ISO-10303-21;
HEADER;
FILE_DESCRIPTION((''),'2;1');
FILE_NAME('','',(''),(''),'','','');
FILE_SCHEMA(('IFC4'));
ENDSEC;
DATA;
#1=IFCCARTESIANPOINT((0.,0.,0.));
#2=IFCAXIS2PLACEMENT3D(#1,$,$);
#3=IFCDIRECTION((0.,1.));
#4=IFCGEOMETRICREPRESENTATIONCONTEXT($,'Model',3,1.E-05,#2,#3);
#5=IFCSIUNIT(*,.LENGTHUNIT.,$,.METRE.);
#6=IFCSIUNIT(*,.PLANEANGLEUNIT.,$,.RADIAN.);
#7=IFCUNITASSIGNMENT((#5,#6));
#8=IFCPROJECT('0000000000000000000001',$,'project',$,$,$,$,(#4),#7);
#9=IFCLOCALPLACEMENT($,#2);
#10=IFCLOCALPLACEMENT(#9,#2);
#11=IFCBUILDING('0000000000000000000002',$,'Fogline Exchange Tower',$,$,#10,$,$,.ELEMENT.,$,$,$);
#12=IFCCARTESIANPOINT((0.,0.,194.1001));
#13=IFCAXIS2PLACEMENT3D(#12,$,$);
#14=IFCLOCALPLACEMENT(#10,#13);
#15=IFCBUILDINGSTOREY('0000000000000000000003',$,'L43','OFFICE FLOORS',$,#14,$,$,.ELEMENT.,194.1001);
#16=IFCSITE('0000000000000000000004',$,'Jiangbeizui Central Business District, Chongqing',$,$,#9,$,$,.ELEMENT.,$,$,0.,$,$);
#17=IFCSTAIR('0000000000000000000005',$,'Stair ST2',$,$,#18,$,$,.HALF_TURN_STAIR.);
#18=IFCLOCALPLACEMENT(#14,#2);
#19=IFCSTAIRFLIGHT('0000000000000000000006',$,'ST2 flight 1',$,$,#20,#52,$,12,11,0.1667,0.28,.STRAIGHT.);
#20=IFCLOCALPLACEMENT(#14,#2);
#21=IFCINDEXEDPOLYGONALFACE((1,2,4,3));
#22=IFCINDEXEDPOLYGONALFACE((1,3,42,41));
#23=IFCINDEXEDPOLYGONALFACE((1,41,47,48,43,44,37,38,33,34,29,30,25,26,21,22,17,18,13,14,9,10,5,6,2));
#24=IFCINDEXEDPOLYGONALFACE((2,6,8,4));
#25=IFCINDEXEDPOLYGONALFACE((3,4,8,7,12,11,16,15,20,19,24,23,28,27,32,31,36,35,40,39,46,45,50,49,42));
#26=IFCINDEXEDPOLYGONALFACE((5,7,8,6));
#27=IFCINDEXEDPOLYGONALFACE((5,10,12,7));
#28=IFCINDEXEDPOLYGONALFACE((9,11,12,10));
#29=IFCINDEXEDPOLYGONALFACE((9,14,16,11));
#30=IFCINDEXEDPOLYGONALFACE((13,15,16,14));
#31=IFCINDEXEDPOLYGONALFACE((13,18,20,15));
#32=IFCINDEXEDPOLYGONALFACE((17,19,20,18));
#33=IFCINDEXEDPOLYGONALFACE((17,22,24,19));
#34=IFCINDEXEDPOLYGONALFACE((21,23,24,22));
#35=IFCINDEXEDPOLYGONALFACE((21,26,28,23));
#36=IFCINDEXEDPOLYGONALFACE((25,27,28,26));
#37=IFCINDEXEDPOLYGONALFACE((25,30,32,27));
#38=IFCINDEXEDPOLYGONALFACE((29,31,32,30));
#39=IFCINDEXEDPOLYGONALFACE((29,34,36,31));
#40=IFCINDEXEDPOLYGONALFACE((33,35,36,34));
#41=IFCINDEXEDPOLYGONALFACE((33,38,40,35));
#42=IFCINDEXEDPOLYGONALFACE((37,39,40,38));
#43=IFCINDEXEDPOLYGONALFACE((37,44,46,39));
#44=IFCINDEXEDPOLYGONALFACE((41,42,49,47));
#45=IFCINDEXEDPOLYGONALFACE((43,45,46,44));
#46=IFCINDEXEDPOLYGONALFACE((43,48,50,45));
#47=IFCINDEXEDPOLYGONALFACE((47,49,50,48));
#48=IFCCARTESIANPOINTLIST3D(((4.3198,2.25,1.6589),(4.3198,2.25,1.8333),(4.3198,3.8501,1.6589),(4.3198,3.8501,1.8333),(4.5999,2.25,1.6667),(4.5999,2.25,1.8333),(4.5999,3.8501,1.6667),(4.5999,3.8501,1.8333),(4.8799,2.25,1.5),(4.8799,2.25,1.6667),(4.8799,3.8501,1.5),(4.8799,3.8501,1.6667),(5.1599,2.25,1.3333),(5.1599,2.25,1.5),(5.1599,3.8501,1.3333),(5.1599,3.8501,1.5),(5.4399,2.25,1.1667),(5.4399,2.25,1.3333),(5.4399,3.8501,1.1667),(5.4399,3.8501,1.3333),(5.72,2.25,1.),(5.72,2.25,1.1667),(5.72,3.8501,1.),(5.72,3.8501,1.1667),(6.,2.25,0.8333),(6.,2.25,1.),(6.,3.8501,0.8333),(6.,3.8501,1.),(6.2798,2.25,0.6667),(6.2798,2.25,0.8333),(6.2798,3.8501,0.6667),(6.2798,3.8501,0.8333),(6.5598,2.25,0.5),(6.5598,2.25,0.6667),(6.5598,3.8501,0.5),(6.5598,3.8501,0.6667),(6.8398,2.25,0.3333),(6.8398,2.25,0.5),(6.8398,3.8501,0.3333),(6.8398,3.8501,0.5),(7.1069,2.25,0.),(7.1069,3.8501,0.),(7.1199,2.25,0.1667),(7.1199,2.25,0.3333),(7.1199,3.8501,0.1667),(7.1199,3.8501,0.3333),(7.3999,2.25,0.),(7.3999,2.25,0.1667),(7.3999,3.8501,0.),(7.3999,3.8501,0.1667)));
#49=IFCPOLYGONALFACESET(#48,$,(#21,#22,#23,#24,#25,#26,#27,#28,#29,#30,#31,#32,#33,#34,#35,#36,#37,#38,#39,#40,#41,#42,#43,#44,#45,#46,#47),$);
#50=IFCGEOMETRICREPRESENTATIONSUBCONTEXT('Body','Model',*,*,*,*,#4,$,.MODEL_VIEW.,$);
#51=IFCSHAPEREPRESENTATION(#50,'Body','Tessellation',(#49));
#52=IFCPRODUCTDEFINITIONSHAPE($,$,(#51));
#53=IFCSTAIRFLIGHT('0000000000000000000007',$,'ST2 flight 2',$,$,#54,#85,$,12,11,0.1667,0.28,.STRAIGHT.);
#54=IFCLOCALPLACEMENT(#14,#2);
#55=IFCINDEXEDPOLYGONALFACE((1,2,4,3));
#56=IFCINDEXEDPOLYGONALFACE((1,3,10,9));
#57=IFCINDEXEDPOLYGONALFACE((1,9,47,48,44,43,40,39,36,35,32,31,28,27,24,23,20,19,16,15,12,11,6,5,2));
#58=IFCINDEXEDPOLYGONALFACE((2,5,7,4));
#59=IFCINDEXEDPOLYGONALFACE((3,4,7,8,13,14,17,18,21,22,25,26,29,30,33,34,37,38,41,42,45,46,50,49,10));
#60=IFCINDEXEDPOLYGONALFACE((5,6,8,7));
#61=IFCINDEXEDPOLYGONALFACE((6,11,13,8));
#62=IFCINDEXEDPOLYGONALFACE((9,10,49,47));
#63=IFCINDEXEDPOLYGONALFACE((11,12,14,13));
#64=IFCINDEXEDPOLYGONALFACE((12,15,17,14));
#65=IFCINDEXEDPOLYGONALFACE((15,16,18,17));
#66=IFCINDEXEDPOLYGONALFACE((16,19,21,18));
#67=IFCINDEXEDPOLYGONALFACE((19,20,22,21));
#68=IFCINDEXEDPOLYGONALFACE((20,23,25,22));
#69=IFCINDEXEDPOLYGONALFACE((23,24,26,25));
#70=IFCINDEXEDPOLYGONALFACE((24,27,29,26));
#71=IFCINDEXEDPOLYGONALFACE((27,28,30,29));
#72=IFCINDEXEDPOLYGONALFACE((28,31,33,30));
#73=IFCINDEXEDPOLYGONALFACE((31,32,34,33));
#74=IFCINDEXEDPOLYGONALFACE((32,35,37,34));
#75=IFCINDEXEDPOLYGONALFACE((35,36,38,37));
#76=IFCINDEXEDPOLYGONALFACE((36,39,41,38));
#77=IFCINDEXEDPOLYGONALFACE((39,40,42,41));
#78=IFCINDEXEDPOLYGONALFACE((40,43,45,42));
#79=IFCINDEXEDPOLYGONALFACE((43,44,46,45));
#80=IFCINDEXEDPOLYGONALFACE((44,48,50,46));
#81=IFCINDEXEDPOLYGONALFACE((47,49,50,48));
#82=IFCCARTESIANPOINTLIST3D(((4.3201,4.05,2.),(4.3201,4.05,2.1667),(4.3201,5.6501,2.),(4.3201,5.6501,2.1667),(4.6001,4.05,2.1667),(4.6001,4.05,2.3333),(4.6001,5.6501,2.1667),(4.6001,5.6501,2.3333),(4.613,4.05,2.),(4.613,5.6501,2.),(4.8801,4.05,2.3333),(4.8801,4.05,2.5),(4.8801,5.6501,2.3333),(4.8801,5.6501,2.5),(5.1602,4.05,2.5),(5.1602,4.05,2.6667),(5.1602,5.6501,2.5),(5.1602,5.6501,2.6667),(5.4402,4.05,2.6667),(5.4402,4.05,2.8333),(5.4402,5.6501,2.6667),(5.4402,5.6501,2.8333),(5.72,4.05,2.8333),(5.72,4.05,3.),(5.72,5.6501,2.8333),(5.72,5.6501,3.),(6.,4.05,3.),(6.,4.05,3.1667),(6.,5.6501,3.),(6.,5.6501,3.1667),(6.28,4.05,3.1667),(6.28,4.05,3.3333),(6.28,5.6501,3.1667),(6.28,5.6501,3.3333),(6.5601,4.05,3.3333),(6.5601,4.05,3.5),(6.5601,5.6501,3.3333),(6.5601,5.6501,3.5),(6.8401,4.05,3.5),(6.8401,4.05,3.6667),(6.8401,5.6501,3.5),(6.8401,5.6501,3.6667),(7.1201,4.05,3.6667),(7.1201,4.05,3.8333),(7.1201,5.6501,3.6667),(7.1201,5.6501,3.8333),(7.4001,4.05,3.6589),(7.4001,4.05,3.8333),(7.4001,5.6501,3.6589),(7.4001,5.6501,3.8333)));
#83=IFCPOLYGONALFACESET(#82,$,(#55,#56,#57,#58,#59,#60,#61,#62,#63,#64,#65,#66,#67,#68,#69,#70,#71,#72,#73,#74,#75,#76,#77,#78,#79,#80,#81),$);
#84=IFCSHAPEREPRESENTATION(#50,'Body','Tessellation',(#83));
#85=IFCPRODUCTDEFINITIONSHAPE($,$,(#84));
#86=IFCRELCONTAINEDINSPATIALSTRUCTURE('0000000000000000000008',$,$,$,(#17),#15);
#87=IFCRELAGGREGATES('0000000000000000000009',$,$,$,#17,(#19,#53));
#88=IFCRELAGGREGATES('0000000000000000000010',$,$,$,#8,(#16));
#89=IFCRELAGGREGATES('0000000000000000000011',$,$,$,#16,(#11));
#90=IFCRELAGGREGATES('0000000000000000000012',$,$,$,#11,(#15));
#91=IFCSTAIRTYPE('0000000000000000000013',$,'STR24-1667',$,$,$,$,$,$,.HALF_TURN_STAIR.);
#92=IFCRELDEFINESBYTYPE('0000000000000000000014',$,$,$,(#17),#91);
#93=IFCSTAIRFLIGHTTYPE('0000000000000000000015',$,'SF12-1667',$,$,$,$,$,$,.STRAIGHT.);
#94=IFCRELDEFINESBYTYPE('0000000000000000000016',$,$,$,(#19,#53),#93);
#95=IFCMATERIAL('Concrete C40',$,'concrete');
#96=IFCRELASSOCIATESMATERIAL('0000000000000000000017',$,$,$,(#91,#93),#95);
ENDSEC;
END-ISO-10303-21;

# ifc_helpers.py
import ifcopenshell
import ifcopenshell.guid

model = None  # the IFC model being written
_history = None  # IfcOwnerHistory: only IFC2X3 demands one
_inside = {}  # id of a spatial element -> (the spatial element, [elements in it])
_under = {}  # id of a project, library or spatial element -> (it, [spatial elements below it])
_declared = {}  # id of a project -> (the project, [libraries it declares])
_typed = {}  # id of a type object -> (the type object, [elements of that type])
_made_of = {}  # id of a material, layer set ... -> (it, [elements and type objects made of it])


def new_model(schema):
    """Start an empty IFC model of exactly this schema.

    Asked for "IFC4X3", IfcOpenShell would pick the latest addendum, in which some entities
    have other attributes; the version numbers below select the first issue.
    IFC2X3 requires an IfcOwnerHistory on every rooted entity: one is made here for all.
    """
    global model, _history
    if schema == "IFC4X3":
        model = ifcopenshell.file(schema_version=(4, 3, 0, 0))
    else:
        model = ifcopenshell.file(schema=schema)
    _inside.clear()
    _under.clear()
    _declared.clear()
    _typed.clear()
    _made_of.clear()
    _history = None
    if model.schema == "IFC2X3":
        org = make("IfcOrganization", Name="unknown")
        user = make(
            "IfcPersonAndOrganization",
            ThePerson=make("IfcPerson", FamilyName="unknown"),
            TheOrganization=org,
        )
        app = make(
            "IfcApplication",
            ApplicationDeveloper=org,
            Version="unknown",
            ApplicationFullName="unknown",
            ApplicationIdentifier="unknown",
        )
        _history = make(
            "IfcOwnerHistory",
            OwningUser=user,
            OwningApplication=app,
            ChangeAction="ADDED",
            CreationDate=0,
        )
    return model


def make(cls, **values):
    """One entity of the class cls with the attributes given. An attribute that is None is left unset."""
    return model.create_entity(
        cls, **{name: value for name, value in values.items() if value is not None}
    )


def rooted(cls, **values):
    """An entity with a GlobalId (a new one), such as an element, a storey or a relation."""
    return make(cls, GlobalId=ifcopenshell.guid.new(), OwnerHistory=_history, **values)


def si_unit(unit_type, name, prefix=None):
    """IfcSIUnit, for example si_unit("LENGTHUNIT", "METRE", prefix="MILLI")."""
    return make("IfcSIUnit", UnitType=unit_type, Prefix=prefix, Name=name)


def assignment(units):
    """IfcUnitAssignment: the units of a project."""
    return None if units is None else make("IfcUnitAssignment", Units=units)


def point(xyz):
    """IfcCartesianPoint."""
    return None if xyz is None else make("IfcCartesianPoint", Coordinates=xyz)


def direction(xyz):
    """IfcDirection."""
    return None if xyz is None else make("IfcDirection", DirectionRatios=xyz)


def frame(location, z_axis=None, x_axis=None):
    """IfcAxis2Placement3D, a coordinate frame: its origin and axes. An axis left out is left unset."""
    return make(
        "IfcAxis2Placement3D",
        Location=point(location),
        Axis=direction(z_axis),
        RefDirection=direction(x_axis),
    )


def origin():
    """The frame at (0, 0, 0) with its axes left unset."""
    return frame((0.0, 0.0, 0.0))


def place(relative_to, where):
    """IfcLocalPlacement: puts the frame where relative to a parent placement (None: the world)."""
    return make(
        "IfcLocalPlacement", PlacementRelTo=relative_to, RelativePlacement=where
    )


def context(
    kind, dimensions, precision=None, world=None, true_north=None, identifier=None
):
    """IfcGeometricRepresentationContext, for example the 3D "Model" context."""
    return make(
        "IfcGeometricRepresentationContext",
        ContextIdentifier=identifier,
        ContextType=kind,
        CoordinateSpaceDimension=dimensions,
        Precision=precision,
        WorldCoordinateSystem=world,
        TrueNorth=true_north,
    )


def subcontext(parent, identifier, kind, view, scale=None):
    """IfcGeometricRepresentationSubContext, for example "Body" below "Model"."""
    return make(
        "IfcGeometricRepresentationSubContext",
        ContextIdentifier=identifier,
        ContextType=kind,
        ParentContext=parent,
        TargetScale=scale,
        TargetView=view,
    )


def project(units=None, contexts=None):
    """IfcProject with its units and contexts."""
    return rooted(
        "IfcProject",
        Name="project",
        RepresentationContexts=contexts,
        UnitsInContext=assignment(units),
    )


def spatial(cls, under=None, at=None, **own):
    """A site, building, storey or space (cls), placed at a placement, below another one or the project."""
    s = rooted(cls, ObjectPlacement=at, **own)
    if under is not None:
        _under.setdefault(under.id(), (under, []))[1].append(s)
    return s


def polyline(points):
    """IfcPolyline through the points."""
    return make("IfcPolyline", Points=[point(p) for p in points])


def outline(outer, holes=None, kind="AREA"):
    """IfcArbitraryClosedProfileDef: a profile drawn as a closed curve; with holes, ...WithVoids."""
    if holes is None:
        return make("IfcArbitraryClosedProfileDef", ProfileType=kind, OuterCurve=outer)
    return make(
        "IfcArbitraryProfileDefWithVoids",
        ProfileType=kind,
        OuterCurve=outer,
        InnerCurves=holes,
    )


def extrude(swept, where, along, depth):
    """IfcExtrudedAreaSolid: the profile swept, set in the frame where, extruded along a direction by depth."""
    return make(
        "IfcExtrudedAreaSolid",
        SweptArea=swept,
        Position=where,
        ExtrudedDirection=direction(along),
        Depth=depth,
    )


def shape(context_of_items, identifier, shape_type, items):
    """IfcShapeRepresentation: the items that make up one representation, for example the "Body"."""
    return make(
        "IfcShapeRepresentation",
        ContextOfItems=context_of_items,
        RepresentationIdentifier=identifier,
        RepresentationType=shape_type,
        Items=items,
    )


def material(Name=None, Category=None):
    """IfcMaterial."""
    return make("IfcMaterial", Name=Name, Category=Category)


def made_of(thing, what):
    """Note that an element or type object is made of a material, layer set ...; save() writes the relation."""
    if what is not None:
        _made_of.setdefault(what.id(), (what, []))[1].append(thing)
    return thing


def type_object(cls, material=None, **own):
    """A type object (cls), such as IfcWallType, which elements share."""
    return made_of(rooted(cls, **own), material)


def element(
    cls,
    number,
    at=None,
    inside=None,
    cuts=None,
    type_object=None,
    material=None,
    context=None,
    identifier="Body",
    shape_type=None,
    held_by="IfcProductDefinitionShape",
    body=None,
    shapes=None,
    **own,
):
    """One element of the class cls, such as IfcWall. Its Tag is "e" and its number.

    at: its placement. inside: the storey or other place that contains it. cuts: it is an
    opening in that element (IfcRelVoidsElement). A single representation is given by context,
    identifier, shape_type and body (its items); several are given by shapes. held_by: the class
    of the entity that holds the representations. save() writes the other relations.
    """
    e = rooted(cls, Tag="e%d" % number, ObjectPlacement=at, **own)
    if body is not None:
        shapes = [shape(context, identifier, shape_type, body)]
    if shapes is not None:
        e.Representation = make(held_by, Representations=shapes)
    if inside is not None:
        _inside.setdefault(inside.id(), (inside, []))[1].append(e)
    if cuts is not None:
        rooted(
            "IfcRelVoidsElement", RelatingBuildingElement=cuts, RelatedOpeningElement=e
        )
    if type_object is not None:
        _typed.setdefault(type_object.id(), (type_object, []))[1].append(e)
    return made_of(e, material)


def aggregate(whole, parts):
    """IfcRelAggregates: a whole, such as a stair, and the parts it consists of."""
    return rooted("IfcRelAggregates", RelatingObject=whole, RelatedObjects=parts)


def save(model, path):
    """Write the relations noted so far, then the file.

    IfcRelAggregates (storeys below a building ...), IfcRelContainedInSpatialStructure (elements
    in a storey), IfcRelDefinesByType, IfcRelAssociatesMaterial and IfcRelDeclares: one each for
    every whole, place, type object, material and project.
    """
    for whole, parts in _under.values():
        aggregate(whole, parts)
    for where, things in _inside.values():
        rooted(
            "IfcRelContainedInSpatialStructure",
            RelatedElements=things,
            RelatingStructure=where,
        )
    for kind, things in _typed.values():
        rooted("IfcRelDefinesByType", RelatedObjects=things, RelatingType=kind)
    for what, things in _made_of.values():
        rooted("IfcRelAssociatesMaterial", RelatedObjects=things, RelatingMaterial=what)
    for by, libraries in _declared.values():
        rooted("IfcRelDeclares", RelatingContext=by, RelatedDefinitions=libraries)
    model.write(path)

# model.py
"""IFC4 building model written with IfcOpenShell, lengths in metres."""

from ifc_helpers import new_model, si_unit, direction, frame, origin, place, context, subcontext, project, spatial, polyline, outline, extrude, material, type_object, element, aggregate, save


model = new_model("IFC4")

# Units and contexts
model_context = context("Model", 3, precision=1e-05, world=origin(), true_north=direction((0.0, 1.0)))
body_context = subcontext(model_context, "Body", "Model", "MODEL_VIEW")
ifc_project = project(units=[si_unit("LENGTHUNIT", "METRE"), si_unit("PLANEANGLEUNIT", "RADIAN")], contexts=[model_context])

# Site, building, storey
site_placement = place(None, origin())
site = spatial("IfcSite", under=ifc_project, at=site_placement, Name="Jiangbeizui Central Business District, Chongqing", CompositionType="ELEMENT", RefElevation=0.0)
building_placement = place(site_placement, origin())
building = spatial("IfcBuilding", under=site, at=building_placement, Name="Fogline Exchange Tower", CompositionType="ELEMENT")
storey_placement = place(building_placement, frame((0.0, 0.0, 194.1001)))
storey = spatial("IfcBuildingStorey", under=building, at=storey_placement, Name="L43", Description="OFFICE FLOORS", CompositionType="ELEMENT", Elevation=194.1001)

# Shared definitions
ifc_material_1 = material(Name="Concrete C40", Category="concrete")

# Stair
stair_type = type_object("IfcStairType", Name="STR24-1667", PredefinedType="HALF_TURN_STAIR", material=ifc_material_1)
stair_1_placement = place(storey_placement, origin())
stair_1 = element("IfcStair", 1, at=stair_1_placement, inside=storey, type_object=stair_type, Name="Stair ST2", PredefinedType="HALF_TURN_STAIR")

# Stair flights
stair_flight_type = type_object("IfcStairFlightType", Name="SF12-1667", PredefinedType="STRAIGHT", material=ifc_material_1)
stair_flight_1_placement = place(storey_placement, frame((7.3999, 3.05, 0.0), z_axis=(0.0, 0.0, 1.0), x_axis=(-1.0, 0.0, 0.0)))
stair_flight_1 = element("IfcStairFlight", 2, at=stair_flight_1_placement, type_object=stair_flight_type, Name="ST2 flight 1", NumberOfRisers=12, NumberOfTreads=11, PredefinedType="STRAIGHT", RiserHeight=0.1667, TreadLength=0.28, context=body_context, shape_type="SweptSolid", body=[
    extrude(outline(polyline([(0.0, 0.0), (0.0, 0.1667), (0.28, 0.1667), (0.28, 0.3333), (0.5601, 0.3333), (0.5601, 0.5), (0.8401, 0.5), (0.8401, 0.6667), (1.1201, 0.6667), (1.1201, 0.8333), (1.3999, 0.8333), (1.3999, 1.0), (1.6799, 1.0), (1.6799, 1.1667), (1.96, 1.1667), (1.96, 1.3333), (2.24, 1.3333), (2.24, 1.5), (2.52, 1.5), (2.52, 1.6667), (2.8, 1.6667), (2.8, 1.8333), (3.0801, 1.8333), (3.0801, 2.0), (3.0801, 1.6589), (0.293, 0.0), (0.0, 0.0)])), frame((0.0, 0.8, 0.0), z_axis=(0.0, -1.0, 0.0), x_axis=(1.0, 0.0, 0.0)), (0.0, 0.0, 1.0), 1.6001),
])
stair_flight_2_placement = place(storey_placement, frame((4.3201, 4.8501, 2.0), z_axis=(0.0, 0.0, 1.0), x_axis=(1.0, 0.0, 0.0)))
stair_flight_2 = element("IfcStairFlight", 3, at=stair_flight_2_placement, type_object=stair_flight_type, Name="ST2 flight 2", NumberOfRisers=12, NumberOfTreads=11, PredefinedType="STRAIGHT", RiserHeight=0.1667, TreadLength=0.28, context=body_context, shape_type="SweptSolid", body=[
    extrude(outline(polyline([(0.0, 0.0), (0.0, 0.1667), (0.28, 0.1667), (0.28, 0.3333), (0.5601, 0.3333), (0.5601, 0.5), (0.8401, 0.5), (0.8401, 0.6667), (1.1201, 0.6667), (1.1201, 0.8333), (1.3999, 0.8333), (1.3999, 1.0), (1.6799, 1.0), (1.6799, 1.1667), (1.96, 1.1667), (1.96, 1.3333), (2.24, 1.3333), (2.24, 1.5), (2.52, 1.5), (2.52, 1.6667), (2.8, 1.6667), (2.8, 1.8333), (3.0801, 1.8333), (3.0801, 2.0), (3.0801, 1.6589), (0.293, 0.0), (0.0, 0.0)])), frame((0.0, 0.8, 0.0), z_axis=(0.0, -1.0, 0.0), x_axis=(1.0, 0.0, 0.0)), (0.0, 0.0, 1.0), 1.6001),
])
aggregate(stair_1, [stair_flight_1, stair_flight_2])

save(model, "model.ifc")
